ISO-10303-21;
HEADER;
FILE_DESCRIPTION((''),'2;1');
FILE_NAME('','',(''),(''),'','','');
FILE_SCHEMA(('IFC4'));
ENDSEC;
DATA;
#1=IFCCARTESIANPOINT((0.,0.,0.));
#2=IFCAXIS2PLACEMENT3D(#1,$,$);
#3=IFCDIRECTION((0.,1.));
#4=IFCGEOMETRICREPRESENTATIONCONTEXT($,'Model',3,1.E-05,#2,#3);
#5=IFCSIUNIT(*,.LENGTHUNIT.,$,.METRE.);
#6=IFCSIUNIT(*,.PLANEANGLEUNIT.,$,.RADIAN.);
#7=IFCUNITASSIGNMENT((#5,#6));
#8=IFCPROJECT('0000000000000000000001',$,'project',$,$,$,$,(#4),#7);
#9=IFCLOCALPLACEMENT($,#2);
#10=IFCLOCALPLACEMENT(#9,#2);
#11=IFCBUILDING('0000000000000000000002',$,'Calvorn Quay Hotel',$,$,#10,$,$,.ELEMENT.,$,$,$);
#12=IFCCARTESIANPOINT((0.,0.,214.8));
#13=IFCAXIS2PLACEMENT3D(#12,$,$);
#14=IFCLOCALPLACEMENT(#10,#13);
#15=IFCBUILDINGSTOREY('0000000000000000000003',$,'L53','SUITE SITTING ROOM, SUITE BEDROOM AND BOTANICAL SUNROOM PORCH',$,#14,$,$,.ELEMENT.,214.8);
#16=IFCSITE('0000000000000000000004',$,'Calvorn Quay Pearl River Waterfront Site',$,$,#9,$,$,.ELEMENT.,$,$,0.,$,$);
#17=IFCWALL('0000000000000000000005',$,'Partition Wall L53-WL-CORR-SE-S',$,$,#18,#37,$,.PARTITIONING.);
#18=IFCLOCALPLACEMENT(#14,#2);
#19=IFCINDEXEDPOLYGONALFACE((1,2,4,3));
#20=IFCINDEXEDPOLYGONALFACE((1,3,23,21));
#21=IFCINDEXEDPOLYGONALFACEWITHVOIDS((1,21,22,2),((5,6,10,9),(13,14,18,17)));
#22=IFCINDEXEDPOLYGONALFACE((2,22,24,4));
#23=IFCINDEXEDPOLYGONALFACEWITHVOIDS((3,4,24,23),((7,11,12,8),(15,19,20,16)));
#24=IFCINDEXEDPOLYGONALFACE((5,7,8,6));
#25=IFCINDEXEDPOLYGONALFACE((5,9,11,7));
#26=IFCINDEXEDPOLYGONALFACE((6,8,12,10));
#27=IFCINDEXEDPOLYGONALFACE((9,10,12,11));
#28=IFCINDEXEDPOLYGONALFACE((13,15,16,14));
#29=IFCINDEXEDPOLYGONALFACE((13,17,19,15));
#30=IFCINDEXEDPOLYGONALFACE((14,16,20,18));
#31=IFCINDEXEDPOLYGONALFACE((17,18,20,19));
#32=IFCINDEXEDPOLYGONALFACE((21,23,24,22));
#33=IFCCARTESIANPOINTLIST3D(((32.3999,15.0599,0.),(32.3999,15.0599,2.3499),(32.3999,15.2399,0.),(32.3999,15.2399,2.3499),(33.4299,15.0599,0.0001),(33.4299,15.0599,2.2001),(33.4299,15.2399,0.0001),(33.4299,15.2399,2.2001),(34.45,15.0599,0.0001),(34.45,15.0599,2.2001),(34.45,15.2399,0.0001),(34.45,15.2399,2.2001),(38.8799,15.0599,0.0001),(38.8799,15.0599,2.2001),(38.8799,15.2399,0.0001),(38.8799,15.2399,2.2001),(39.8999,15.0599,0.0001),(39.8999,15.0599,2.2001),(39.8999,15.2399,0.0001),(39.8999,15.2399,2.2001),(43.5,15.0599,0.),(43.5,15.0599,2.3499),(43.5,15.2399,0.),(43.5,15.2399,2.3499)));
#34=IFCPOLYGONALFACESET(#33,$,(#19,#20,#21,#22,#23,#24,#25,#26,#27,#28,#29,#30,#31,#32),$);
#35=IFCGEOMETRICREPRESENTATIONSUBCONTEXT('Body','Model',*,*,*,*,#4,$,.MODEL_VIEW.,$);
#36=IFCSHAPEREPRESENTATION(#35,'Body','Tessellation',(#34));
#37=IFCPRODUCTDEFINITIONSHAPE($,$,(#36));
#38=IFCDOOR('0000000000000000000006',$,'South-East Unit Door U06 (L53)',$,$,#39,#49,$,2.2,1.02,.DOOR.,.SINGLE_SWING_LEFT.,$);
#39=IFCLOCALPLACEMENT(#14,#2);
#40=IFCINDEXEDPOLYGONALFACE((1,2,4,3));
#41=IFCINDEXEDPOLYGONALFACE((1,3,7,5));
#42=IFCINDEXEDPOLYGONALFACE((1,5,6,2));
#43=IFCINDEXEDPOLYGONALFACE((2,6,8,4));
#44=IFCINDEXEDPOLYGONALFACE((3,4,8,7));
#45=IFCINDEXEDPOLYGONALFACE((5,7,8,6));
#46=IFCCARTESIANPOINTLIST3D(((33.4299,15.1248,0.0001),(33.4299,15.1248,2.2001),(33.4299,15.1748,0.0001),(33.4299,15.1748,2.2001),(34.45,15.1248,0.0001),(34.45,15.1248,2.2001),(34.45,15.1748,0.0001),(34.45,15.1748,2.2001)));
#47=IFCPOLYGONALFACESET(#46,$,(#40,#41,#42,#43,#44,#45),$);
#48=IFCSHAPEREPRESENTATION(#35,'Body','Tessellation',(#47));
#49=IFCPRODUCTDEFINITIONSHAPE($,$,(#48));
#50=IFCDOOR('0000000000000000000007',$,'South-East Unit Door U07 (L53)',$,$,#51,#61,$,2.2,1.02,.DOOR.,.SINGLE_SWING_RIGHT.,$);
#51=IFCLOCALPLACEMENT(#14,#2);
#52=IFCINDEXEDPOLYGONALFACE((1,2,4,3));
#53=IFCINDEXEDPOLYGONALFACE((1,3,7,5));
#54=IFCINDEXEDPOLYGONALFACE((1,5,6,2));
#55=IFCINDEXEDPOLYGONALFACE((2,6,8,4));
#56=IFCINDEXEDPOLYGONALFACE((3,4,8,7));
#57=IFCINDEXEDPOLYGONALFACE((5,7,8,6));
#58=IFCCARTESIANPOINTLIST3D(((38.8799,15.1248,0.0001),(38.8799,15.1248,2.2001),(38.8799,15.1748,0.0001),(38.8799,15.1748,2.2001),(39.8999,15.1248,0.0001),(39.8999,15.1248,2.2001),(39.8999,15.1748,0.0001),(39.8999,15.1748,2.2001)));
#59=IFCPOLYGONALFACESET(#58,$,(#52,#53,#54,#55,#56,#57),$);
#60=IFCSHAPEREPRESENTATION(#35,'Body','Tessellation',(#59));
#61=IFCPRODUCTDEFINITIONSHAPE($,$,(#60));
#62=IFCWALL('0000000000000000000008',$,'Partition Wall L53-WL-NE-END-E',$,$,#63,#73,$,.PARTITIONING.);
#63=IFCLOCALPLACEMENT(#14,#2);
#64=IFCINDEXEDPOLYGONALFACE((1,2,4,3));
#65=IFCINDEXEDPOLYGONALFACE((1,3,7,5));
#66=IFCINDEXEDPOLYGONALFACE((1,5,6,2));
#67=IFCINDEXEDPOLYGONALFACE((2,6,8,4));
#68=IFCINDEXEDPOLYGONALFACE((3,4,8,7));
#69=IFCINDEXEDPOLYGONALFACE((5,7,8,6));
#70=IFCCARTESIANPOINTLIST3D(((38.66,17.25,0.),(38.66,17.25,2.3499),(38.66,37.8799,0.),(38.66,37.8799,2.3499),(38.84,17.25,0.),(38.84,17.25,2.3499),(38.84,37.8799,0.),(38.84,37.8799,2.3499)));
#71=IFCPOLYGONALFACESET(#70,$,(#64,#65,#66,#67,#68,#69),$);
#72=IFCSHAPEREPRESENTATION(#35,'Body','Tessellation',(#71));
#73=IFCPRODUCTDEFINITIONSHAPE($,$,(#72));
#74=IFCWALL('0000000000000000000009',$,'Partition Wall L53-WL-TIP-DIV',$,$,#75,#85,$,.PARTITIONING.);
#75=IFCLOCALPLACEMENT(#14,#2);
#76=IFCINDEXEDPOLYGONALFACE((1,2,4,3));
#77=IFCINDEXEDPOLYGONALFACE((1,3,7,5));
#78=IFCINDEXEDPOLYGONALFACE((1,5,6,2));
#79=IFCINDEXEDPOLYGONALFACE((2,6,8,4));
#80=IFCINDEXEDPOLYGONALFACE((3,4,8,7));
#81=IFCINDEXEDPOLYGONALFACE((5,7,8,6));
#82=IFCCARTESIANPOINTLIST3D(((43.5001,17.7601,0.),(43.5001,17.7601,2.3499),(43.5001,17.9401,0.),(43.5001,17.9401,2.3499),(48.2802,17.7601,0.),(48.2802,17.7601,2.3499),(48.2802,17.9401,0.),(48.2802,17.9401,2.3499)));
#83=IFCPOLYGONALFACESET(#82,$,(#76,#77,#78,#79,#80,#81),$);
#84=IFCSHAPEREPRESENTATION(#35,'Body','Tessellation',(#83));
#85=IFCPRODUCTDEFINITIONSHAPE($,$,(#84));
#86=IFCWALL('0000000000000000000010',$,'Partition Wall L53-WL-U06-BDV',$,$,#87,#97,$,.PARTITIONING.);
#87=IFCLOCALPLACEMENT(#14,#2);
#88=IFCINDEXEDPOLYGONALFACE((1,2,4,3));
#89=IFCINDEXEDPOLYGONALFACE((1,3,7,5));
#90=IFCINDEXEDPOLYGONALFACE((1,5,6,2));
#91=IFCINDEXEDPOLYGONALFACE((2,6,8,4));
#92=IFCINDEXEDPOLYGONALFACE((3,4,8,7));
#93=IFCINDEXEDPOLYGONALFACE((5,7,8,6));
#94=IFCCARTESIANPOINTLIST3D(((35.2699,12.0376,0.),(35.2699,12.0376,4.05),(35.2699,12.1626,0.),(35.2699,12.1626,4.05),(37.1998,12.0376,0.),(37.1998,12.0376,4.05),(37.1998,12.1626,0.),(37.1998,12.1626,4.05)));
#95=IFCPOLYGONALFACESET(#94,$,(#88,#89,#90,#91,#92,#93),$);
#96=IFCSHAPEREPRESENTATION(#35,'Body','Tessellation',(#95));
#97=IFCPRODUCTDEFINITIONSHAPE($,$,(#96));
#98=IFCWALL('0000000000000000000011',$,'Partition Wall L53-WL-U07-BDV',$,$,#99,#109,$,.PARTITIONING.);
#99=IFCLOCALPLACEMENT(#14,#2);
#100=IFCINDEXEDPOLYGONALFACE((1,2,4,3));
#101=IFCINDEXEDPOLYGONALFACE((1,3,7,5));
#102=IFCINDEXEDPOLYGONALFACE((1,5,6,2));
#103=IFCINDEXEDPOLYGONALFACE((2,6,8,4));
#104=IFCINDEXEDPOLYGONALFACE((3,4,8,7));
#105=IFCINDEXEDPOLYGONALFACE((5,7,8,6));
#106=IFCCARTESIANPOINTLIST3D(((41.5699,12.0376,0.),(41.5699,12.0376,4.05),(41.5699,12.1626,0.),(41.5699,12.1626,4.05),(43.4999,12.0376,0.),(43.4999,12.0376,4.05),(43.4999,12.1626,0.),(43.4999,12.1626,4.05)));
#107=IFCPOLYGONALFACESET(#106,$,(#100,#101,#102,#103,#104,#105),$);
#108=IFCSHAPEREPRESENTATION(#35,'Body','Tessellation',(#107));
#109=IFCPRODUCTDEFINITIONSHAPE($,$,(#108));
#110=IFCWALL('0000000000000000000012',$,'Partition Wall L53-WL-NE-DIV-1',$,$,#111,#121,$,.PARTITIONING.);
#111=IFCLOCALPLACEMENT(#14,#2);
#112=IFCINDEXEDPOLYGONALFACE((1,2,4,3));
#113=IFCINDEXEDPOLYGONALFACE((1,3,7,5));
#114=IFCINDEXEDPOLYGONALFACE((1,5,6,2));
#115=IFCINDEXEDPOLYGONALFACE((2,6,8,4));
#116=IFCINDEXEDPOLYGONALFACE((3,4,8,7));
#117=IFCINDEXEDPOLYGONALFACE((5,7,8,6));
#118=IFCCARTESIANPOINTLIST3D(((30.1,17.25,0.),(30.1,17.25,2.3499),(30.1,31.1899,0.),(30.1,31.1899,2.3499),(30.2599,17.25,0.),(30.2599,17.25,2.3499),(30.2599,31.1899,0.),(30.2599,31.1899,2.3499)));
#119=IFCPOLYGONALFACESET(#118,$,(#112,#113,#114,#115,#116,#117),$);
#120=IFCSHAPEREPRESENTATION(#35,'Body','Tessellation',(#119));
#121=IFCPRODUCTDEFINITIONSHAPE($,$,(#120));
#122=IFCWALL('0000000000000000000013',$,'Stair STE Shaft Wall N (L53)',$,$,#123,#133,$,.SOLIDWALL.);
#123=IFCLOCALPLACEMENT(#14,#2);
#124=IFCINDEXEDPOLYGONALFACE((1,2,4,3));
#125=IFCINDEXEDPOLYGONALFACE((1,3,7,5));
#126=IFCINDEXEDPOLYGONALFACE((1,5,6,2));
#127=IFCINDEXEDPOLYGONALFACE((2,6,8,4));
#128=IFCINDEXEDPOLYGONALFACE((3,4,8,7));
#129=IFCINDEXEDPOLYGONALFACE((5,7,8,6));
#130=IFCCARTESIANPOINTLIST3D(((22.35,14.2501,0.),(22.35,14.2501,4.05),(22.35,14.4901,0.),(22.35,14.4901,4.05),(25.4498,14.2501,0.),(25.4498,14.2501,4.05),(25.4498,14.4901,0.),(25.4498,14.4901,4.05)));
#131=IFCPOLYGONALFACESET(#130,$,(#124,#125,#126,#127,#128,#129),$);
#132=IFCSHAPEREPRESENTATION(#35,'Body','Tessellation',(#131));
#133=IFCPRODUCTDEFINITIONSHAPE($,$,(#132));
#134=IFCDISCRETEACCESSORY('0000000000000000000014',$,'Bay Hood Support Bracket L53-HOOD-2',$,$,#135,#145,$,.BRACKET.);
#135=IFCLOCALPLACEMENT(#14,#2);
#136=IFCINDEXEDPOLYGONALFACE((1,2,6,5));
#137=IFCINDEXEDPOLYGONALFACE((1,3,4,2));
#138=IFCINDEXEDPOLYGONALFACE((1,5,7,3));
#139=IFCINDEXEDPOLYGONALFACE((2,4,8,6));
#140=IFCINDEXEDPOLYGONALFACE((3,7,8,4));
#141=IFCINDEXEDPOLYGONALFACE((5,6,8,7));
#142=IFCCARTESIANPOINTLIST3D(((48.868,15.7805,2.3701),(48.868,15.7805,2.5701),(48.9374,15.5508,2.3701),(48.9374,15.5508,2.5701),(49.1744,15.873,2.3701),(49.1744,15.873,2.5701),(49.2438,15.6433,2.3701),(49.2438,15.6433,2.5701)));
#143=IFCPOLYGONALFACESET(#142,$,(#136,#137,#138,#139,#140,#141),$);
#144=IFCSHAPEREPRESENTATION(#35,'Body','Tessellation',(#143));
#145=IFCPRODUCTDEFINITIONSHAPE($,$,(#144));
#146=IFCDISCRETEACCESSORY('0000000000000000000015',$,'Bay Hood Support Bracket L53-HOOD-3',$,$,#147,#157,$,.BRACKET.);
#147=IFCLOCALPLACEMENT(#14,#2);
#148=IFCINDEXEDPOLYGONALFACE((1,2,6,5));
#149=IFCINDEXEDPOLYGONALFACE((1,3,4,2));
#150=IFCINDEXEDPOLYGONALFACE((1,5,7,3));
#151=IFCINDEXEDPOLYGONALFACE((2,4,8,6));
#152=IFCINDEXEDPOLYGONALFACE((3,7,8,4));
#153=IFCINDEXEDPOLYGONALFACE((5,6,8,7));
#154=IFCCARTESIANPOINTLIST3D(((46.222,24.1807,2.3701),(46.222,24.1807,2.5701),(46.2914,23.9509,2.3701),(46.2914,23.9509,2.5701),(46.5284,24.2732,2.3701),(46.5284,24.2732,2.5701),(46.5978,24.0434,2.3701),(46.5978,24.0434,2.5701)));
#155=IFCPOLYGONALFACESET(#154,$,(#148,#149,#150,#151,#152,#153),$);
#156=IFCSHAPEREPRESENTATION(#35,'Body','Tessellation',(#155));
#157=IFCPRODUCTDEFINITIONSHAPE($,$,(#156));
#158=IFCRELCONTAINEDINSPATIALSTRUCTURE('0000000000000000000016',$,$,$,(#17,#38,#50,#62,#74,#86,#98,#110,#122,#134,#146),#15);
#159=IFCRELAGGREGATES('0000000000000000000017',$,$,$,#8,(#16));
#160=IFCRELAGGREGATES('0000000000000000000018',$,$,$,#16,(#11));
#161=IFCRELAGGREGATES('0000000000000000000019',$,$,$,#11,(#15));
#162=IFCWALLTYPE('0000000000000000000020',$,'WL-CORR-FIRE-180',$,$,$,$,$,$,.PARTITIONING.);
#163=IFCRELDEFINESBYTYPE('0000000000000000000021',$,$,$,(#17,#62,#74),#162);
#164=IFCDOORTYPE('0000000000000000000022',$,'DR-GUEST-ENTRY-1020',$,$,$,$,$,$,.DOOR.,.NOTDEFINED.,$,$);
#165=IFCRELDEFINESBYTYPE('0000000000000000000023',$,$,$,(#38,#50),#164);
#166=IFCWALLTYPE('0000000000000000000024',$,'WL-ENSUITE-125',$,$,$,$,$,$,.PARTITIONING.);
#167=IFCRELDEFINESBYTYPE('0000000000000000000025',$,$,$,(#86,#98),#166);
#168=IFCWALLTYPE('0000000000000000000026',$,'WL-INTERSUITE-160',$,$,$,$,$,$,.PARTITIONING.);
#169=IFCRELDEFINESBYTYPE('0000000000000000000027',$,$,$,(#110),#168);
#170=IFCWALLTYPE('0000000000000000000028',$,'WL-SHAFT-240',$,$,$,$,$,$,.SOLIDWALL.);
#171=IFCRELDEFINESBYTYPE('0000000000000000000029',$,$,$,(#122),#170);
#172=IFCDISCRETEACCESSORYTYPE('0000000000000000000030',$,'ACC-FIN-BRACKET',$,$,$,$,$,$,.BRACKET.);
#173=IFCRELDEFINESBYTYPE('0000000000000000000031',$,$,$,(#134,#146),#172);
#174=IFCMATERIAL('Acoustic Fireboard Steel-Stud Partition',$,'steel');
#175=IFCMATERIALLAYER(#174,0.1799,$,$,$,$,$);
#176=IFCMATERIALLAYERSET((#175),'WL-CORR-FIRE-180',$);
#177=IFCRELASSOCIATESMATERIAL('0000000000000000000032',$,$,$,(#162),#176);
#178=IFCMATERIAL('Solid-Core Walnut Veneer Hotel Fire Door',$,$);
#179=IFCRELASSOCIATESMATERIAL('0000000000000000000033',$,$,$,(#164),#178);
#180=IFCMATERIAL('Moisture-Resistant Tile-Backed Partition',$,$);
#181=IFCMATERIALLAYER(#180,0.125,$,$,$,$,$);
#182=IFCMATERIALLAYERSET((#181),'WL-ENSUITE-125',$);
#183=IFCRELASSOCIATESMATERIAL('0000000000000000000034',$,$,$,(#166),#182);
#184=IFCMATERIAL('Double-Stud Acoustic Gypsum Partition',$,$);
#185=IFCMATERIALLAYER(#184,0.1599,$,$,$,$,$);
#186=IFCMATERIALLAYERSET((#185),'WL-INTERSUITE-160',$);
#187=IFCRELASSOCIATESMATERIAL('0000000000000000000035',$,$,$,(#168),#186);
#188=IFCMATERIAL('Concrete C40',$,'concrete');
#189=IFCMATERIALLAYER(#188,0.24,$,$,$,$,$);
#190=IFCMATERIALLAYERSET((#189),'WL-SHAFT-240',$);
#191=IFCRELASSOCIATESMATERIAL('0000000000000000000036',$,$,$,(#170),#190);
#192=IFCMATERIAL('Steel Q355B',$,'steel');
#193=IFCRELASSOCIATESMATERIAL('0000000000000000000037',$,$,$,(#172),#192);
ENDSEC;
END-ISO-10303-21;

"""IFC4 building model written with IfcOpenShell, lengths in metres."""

from ifc_helpers import new_model, si_unit, direction, frame, frame_2d, origin, origin_2d, place, context, subcontext, project, spatial, rectangle, extrude, material, layer, layer_set, type_object, element, fill, save


model = new_model("IFC4")

# Units and contexts
model_context = context("Model", 3, precision=1e-05, world=origin(), true_north=direction((0.0, 1.0)))
body_context = subcontext(model_context, "Body", "Model", "MODEL_VIEW")
ifc_project = project(units=[si_unit("LENGTHUNIT", "METRE"), si_unit("PLANEANGLEUNIT", "RADIAN")], contexts=[model_context])

# Site, building, storey
site_placement = place(None, origin())
site = spatial("IfcSite", under=ifc_project, at=site_placement, Name="Calvorn Quay Pearl River Waterfront Site", CompositionType="ELEMENT", RefElevation=0.0)
building_placement = place(site_placement, origin())
building = spatial("IfcBuilding", under=site, at=building_placement, Name="Calvorn Quay Hotel", CompositionType="ELEMENT")
storey_placement = place(building_placement, frame((0.0, 0.0, 214.8)))
storey = spatial("IfcBuildingStorey", under=building, at=storey_placement, Name="L53", Description="SUITE SITTING ROOM, SUITE BEDROOM AND BOTANICAL SUNROOM PORCH", CompositionType="ELEMENT", Elevation=214.8)

# Wall, openings, doors
ifc_material_1 = material(Name="Acoustic Fireboard Steel-Stud Partition", Category="steel")
ifc_layer_1 = layer(ifc_material_1, 0.1799)
ifc_layer_set_1 = layer_set([ifc_layer_1], Name="WL-CORR-FIRE-180")
wall_type_1 = type_object("IfcWallType", Name="WL-CORR-FIRE-180", PredefinedType="PARTITIONING", material=ifc_layer_set_1)
wall_1_placement = place(storey_placement, frame((32.3999, 15.1499, 0.0), z_axis=(0.0, 0.0, 1.0), x_axis=(1.0, 0.0, 0.0)))
wall_1 = element("IfcWall", 1, at=wall_1_placement, inside=storey, type_object=wall_type_1, Name="Partition Wall L53-WL-CORR-SE-S", PredefinedType="PARTITIONING", context=body_context, shape_type="SweptSolid", body=[
    extrude(rectangle(XDim=11.1001, YDim=0.1799, at=frame_2d((5.55, 0.0))), origin(), (0.0, 0.0, 1.0), 2.3499),
])
opening_1_placement = place(wall_1_placement, frame((1.03, 0.0, 0.0)))
opening_1 = element("IfcOpeningElement", 2, at=opening_1_placement, cuts=wall_1, PredefinedType="OPENING", context=body_context, shape_type="SweptSolid", body=[
    extrude(rectangle(XDim=1.02, YDim=2.2, at=frame_2d((0.51, 1.1001))), frame((0.0, 0.0999, 0.0), z_axis=(0.0, -1.0, 0.0), x_axis=(1.0, 0.0, 0.0)), (0.0, 0.0, 1.0), 0.2),
])
opening_2_placement = place(wall_1_placement, frame((6.48, 0.0, 0.0)))
opening_2 = element("IfcOpeningElement", 3, at=opening_2_placement, cuts=wall_1, PredefinedType="OPENING", context=body_context, shape_type="SweptSolid", body=[
    extrude(rectangle(XDim=1.02, YDim=2.2, at=frame_2d((0.51, 1.1001))), frame((0.0, 0.0999, 0.0), z_axis=(0.0, -1.0, 0.0), x_axis=(1.0, 0.0, 0.0)), (0.0, 0.0, 1.0), 0.2),
])
ifc_material_2 = material(Name="Solid-Core Walnut Veneer Hotel Fire Door")
door_type = type_object("IfcDoorType", Name="DR-GUEST-ENTRY-1020", OperationType="NOTDEFINED", PredefinedType="DOOR", material=ifc_material_2)
door_1_placement = place(opening_1_placement, origin())
door_1 = element("IfcDoor", 4, at=door_1_placement, inside=storey, type_object=door_type, Name="South-East Unit Door U06 (L53)", OperationType="SINGLE_SWING_LEFT", OverallHeight=2.2, OverallWidth=1.02, PredefinedType="DOOR", context=body_context, shape_type="SweptSolid", body=[
    extrude(rectangle(XDim=1.02, YDim=2.2, at=frame_2d((0.51, 1.1001))), frame((0.0, 0.0249, 0.0), z_axis=(0.0, -1.0, 0.0), x_axis=(1.0, 0.0, 0.0)), (0.0, 0.0, 1.0), 0.05),
])
fill(opening_1, door_1)
door_2_placement = place(opening_2_placement, origin())
door_2 = element("IfcDoor", 5, at=door_2_placement, inside=storey, type_object=door_type, Name="South-East Unit Door U07 (L53)", OperationType="SINGLE_SWING_RIGHT", OverallHeight=2.2, OverallWidth=1.02, PredefinedType="DOOR", context=body_context, shape_type="SweptSolid", body=[
    extrude(rectangle(XDim=1.02, YDim=2.2, at=frame_2d((0.51, 1.1001))), frame((0.0, 0.0249, 0.0), z_axis=(0.0, -1.0, 0.0), x_axis=(1.0, 0.0, 0.0)), (0.0, 0.0, 1.0), 0.05),
])
fill(opening_2, door_2)

# Walls
wall_2_placement = place(storey_placement, frame((38.75, 17.25, 0.0), z_axis=(0.0, 0.0, 1.0), x_axis=(0.0, 1.0, 0.0)))
element("IfcWall", 6, at=wall_2_placement, inside=storey, type_object=wall_type_1, Name="Partition Wall L53-WL-NE-END-E", PredefinedType="PARTITIONING", context=body_context, shape_type="SweptSolid", body=[
    extrude(rectangle(XDim=20.6299, YDim=0.1799, at=frame_2d((10.3149, 0.0))), origin(), (0.0, 0.0, 1.0), 2.3499),
])
wall_3_placement = place(storey_placement, frame((43.5, 17.8501, 0.0), z_axis=(0.0, 0.0, 1.0), x_axis=(1.0, 0.0, 0.0)))
element("IfcWall", 7, at=wall_3_placement, inside=storey, type_object=wall_type_1, Name="Partition Wall L53-WL-TIP-DIV", PredefinedType="PARTITIONING", context=body_context, shape_type="SweptSolid", body=[
    extrude(rectangle(XDim=4.78, YDim=0.1799, at=frame_2d((2.3901, 0.0))), origin(), (0.0, 0.0, 1.0), 2.3499),
])
ifc_material_3 = material(Name="Moisture-Resistant Tile-Backed Partition")
ifc_layer_2 = layer(ifc_material_3, 0.125)
ifc_layer_set_2 = layer_set([ifc_layer_2], Name="WL-ENSUITE-125")
wall_type_2 = type_object("IfcWallType", Name="WL-ENSUITE-125", PredefinedType="PARTITIONING", material=ifc_layer_set_2)
for number, where, z_axis, x_axis, name in (
    (8, (35.27, 12.1001, 0.0), (0.0, 0.0, 1.0), (1.0, 0.0, 0.0), "Partition Wall L53-WL-U06-BDV"),
    (9, (41.5701, 12.1001, 0.0), (0.0, 0.0, 1.0), (1.0, 0.0, 0.0), "Partition Wall L53-WL-U07-BDV"),
):
    element("IfcWall", number, at=place(storey_placement, frame(where, z_axis=z_axis, x_axis=x_axis)), inside=storey, type_object=wall_type_2, Name=name, PredefinedType="PARTITIONING", context=body_context, shape_type="SweptSolid", body=[
        extrude(rectangle(XDim=1.9299, YDim=0.125, at=frame_2d((0.9648, 0.0))), origin(), (0.0, 0.0, 1.0), 4.05),
    ])
ifc_material_4 = material(Name="Double-Stud Acoustic Gypsum Partition")
ifc_layer_3 = layer(ifc_material_4, 0.1599)
ifc_layer_set_3 = layer_set([ifc_layer_3], Name="WL-INTERSUITE-160")
wall_type_3 = type_object("IfcWallType", Name="WL-INTERSUITE-160", PredefinedType="PARTITIONING", material=ifc_layer_set_3)
wall_4_placement = place(storey_placement, frame((30.1799, 17.25, 0.0), z_axis=(0.0, 0.0, 1.0), x_axis=(0.0, 1.0, 0.0)))
element("IfcWall", 10, at=wall_4_placement, inside=storey, type_object=wall_type_3, Name="Partition Wall L53-WL-NE-DIV-1", PredefinedType="PARTITIONING", context=body_context, shape_type="SweptSolid", body=[
    extrude(rectangle(XDim=13.9399, YDim=0.1599, at=frame_2d((6.97, 0.0))), origin(), (0.0, 0.0, 1.0), 2.3499),
])
ifc_material_5 = material(Name="Concrete C40", Category="concrete")
ifc_layer_4 = layer(ifc_material_5, 0.24)
ifc_layer_set_4 = layer_set([ifc_layer_4], Name="WL-SHAFT-240")
wall_type_4 = type_object("IfcWallType", Name="WL-SHAFT-240", PredefinedType="SOLIDWALL", material=ifc_layer_set_4)
wall_5_placement = place(storey_placement, frame((22.3501, 14.3701, 0.0), z_axis=(0.0, 0.0, 1.0), x_axis=(1.0, 0.0, 0.0)))
element("IfcWall", 11, at=wall_5_placement, inside=storey, type_object=wall_type_4, Name="Stair STE Shaft Wall N (L53)", PredefinedType="SOLIDWALL", context=body_context, shape_type="SweptSolid", body=[
    extrude(rectangle(XDim=3.0999, YDim=0.24, at=frame_2d((1.5498, 0.0))), origin(), (0.0, 0.0, 1.0), 4.05),
])

# Discrete accessories
ifc_material_6 = material(Name="Steel Q355B", Category="steel")
discrete_accessory_type = type_object("IfcDiscreteAccessoryType", Name="ACC-FIN-BRACKET", PredefinedType="BRACKET", material=ifc_material_6)
for number, where, z_axis, x_axis, name in (
    (12, (49.0559, 15.7119, 2.3701), (0.0, 0.0, 1.0), (0.957319, 0.289032, 0.0), "Bay Hood Support Bracket L53-HOOD-2"),
    (13, (46.4099, 24.1121, 2.3701), (0.0, 0.0, 1.0), (0.957319, 0.289032, 0.0), "Bay Hood Support Bracket L53-HOOD-3"),
):
    element("IfcDiscreteAccessory", number, at=place(storey_placement, frame(where, z_axis=z_axis, x_axis=x_axis)), inside=storey, type_object=discrete_accessory_type, Name=name, PredefinedType="BRACKET", context=body_context, shape_type="SweptSolid", body=[
        extrude(rectangle(XDim=0.3201, YDim=0.24, at=origin_2d()), origin(), (0.0, 0.0, 1.0), 0.2),
    ])

save(model, "model.ifc")
